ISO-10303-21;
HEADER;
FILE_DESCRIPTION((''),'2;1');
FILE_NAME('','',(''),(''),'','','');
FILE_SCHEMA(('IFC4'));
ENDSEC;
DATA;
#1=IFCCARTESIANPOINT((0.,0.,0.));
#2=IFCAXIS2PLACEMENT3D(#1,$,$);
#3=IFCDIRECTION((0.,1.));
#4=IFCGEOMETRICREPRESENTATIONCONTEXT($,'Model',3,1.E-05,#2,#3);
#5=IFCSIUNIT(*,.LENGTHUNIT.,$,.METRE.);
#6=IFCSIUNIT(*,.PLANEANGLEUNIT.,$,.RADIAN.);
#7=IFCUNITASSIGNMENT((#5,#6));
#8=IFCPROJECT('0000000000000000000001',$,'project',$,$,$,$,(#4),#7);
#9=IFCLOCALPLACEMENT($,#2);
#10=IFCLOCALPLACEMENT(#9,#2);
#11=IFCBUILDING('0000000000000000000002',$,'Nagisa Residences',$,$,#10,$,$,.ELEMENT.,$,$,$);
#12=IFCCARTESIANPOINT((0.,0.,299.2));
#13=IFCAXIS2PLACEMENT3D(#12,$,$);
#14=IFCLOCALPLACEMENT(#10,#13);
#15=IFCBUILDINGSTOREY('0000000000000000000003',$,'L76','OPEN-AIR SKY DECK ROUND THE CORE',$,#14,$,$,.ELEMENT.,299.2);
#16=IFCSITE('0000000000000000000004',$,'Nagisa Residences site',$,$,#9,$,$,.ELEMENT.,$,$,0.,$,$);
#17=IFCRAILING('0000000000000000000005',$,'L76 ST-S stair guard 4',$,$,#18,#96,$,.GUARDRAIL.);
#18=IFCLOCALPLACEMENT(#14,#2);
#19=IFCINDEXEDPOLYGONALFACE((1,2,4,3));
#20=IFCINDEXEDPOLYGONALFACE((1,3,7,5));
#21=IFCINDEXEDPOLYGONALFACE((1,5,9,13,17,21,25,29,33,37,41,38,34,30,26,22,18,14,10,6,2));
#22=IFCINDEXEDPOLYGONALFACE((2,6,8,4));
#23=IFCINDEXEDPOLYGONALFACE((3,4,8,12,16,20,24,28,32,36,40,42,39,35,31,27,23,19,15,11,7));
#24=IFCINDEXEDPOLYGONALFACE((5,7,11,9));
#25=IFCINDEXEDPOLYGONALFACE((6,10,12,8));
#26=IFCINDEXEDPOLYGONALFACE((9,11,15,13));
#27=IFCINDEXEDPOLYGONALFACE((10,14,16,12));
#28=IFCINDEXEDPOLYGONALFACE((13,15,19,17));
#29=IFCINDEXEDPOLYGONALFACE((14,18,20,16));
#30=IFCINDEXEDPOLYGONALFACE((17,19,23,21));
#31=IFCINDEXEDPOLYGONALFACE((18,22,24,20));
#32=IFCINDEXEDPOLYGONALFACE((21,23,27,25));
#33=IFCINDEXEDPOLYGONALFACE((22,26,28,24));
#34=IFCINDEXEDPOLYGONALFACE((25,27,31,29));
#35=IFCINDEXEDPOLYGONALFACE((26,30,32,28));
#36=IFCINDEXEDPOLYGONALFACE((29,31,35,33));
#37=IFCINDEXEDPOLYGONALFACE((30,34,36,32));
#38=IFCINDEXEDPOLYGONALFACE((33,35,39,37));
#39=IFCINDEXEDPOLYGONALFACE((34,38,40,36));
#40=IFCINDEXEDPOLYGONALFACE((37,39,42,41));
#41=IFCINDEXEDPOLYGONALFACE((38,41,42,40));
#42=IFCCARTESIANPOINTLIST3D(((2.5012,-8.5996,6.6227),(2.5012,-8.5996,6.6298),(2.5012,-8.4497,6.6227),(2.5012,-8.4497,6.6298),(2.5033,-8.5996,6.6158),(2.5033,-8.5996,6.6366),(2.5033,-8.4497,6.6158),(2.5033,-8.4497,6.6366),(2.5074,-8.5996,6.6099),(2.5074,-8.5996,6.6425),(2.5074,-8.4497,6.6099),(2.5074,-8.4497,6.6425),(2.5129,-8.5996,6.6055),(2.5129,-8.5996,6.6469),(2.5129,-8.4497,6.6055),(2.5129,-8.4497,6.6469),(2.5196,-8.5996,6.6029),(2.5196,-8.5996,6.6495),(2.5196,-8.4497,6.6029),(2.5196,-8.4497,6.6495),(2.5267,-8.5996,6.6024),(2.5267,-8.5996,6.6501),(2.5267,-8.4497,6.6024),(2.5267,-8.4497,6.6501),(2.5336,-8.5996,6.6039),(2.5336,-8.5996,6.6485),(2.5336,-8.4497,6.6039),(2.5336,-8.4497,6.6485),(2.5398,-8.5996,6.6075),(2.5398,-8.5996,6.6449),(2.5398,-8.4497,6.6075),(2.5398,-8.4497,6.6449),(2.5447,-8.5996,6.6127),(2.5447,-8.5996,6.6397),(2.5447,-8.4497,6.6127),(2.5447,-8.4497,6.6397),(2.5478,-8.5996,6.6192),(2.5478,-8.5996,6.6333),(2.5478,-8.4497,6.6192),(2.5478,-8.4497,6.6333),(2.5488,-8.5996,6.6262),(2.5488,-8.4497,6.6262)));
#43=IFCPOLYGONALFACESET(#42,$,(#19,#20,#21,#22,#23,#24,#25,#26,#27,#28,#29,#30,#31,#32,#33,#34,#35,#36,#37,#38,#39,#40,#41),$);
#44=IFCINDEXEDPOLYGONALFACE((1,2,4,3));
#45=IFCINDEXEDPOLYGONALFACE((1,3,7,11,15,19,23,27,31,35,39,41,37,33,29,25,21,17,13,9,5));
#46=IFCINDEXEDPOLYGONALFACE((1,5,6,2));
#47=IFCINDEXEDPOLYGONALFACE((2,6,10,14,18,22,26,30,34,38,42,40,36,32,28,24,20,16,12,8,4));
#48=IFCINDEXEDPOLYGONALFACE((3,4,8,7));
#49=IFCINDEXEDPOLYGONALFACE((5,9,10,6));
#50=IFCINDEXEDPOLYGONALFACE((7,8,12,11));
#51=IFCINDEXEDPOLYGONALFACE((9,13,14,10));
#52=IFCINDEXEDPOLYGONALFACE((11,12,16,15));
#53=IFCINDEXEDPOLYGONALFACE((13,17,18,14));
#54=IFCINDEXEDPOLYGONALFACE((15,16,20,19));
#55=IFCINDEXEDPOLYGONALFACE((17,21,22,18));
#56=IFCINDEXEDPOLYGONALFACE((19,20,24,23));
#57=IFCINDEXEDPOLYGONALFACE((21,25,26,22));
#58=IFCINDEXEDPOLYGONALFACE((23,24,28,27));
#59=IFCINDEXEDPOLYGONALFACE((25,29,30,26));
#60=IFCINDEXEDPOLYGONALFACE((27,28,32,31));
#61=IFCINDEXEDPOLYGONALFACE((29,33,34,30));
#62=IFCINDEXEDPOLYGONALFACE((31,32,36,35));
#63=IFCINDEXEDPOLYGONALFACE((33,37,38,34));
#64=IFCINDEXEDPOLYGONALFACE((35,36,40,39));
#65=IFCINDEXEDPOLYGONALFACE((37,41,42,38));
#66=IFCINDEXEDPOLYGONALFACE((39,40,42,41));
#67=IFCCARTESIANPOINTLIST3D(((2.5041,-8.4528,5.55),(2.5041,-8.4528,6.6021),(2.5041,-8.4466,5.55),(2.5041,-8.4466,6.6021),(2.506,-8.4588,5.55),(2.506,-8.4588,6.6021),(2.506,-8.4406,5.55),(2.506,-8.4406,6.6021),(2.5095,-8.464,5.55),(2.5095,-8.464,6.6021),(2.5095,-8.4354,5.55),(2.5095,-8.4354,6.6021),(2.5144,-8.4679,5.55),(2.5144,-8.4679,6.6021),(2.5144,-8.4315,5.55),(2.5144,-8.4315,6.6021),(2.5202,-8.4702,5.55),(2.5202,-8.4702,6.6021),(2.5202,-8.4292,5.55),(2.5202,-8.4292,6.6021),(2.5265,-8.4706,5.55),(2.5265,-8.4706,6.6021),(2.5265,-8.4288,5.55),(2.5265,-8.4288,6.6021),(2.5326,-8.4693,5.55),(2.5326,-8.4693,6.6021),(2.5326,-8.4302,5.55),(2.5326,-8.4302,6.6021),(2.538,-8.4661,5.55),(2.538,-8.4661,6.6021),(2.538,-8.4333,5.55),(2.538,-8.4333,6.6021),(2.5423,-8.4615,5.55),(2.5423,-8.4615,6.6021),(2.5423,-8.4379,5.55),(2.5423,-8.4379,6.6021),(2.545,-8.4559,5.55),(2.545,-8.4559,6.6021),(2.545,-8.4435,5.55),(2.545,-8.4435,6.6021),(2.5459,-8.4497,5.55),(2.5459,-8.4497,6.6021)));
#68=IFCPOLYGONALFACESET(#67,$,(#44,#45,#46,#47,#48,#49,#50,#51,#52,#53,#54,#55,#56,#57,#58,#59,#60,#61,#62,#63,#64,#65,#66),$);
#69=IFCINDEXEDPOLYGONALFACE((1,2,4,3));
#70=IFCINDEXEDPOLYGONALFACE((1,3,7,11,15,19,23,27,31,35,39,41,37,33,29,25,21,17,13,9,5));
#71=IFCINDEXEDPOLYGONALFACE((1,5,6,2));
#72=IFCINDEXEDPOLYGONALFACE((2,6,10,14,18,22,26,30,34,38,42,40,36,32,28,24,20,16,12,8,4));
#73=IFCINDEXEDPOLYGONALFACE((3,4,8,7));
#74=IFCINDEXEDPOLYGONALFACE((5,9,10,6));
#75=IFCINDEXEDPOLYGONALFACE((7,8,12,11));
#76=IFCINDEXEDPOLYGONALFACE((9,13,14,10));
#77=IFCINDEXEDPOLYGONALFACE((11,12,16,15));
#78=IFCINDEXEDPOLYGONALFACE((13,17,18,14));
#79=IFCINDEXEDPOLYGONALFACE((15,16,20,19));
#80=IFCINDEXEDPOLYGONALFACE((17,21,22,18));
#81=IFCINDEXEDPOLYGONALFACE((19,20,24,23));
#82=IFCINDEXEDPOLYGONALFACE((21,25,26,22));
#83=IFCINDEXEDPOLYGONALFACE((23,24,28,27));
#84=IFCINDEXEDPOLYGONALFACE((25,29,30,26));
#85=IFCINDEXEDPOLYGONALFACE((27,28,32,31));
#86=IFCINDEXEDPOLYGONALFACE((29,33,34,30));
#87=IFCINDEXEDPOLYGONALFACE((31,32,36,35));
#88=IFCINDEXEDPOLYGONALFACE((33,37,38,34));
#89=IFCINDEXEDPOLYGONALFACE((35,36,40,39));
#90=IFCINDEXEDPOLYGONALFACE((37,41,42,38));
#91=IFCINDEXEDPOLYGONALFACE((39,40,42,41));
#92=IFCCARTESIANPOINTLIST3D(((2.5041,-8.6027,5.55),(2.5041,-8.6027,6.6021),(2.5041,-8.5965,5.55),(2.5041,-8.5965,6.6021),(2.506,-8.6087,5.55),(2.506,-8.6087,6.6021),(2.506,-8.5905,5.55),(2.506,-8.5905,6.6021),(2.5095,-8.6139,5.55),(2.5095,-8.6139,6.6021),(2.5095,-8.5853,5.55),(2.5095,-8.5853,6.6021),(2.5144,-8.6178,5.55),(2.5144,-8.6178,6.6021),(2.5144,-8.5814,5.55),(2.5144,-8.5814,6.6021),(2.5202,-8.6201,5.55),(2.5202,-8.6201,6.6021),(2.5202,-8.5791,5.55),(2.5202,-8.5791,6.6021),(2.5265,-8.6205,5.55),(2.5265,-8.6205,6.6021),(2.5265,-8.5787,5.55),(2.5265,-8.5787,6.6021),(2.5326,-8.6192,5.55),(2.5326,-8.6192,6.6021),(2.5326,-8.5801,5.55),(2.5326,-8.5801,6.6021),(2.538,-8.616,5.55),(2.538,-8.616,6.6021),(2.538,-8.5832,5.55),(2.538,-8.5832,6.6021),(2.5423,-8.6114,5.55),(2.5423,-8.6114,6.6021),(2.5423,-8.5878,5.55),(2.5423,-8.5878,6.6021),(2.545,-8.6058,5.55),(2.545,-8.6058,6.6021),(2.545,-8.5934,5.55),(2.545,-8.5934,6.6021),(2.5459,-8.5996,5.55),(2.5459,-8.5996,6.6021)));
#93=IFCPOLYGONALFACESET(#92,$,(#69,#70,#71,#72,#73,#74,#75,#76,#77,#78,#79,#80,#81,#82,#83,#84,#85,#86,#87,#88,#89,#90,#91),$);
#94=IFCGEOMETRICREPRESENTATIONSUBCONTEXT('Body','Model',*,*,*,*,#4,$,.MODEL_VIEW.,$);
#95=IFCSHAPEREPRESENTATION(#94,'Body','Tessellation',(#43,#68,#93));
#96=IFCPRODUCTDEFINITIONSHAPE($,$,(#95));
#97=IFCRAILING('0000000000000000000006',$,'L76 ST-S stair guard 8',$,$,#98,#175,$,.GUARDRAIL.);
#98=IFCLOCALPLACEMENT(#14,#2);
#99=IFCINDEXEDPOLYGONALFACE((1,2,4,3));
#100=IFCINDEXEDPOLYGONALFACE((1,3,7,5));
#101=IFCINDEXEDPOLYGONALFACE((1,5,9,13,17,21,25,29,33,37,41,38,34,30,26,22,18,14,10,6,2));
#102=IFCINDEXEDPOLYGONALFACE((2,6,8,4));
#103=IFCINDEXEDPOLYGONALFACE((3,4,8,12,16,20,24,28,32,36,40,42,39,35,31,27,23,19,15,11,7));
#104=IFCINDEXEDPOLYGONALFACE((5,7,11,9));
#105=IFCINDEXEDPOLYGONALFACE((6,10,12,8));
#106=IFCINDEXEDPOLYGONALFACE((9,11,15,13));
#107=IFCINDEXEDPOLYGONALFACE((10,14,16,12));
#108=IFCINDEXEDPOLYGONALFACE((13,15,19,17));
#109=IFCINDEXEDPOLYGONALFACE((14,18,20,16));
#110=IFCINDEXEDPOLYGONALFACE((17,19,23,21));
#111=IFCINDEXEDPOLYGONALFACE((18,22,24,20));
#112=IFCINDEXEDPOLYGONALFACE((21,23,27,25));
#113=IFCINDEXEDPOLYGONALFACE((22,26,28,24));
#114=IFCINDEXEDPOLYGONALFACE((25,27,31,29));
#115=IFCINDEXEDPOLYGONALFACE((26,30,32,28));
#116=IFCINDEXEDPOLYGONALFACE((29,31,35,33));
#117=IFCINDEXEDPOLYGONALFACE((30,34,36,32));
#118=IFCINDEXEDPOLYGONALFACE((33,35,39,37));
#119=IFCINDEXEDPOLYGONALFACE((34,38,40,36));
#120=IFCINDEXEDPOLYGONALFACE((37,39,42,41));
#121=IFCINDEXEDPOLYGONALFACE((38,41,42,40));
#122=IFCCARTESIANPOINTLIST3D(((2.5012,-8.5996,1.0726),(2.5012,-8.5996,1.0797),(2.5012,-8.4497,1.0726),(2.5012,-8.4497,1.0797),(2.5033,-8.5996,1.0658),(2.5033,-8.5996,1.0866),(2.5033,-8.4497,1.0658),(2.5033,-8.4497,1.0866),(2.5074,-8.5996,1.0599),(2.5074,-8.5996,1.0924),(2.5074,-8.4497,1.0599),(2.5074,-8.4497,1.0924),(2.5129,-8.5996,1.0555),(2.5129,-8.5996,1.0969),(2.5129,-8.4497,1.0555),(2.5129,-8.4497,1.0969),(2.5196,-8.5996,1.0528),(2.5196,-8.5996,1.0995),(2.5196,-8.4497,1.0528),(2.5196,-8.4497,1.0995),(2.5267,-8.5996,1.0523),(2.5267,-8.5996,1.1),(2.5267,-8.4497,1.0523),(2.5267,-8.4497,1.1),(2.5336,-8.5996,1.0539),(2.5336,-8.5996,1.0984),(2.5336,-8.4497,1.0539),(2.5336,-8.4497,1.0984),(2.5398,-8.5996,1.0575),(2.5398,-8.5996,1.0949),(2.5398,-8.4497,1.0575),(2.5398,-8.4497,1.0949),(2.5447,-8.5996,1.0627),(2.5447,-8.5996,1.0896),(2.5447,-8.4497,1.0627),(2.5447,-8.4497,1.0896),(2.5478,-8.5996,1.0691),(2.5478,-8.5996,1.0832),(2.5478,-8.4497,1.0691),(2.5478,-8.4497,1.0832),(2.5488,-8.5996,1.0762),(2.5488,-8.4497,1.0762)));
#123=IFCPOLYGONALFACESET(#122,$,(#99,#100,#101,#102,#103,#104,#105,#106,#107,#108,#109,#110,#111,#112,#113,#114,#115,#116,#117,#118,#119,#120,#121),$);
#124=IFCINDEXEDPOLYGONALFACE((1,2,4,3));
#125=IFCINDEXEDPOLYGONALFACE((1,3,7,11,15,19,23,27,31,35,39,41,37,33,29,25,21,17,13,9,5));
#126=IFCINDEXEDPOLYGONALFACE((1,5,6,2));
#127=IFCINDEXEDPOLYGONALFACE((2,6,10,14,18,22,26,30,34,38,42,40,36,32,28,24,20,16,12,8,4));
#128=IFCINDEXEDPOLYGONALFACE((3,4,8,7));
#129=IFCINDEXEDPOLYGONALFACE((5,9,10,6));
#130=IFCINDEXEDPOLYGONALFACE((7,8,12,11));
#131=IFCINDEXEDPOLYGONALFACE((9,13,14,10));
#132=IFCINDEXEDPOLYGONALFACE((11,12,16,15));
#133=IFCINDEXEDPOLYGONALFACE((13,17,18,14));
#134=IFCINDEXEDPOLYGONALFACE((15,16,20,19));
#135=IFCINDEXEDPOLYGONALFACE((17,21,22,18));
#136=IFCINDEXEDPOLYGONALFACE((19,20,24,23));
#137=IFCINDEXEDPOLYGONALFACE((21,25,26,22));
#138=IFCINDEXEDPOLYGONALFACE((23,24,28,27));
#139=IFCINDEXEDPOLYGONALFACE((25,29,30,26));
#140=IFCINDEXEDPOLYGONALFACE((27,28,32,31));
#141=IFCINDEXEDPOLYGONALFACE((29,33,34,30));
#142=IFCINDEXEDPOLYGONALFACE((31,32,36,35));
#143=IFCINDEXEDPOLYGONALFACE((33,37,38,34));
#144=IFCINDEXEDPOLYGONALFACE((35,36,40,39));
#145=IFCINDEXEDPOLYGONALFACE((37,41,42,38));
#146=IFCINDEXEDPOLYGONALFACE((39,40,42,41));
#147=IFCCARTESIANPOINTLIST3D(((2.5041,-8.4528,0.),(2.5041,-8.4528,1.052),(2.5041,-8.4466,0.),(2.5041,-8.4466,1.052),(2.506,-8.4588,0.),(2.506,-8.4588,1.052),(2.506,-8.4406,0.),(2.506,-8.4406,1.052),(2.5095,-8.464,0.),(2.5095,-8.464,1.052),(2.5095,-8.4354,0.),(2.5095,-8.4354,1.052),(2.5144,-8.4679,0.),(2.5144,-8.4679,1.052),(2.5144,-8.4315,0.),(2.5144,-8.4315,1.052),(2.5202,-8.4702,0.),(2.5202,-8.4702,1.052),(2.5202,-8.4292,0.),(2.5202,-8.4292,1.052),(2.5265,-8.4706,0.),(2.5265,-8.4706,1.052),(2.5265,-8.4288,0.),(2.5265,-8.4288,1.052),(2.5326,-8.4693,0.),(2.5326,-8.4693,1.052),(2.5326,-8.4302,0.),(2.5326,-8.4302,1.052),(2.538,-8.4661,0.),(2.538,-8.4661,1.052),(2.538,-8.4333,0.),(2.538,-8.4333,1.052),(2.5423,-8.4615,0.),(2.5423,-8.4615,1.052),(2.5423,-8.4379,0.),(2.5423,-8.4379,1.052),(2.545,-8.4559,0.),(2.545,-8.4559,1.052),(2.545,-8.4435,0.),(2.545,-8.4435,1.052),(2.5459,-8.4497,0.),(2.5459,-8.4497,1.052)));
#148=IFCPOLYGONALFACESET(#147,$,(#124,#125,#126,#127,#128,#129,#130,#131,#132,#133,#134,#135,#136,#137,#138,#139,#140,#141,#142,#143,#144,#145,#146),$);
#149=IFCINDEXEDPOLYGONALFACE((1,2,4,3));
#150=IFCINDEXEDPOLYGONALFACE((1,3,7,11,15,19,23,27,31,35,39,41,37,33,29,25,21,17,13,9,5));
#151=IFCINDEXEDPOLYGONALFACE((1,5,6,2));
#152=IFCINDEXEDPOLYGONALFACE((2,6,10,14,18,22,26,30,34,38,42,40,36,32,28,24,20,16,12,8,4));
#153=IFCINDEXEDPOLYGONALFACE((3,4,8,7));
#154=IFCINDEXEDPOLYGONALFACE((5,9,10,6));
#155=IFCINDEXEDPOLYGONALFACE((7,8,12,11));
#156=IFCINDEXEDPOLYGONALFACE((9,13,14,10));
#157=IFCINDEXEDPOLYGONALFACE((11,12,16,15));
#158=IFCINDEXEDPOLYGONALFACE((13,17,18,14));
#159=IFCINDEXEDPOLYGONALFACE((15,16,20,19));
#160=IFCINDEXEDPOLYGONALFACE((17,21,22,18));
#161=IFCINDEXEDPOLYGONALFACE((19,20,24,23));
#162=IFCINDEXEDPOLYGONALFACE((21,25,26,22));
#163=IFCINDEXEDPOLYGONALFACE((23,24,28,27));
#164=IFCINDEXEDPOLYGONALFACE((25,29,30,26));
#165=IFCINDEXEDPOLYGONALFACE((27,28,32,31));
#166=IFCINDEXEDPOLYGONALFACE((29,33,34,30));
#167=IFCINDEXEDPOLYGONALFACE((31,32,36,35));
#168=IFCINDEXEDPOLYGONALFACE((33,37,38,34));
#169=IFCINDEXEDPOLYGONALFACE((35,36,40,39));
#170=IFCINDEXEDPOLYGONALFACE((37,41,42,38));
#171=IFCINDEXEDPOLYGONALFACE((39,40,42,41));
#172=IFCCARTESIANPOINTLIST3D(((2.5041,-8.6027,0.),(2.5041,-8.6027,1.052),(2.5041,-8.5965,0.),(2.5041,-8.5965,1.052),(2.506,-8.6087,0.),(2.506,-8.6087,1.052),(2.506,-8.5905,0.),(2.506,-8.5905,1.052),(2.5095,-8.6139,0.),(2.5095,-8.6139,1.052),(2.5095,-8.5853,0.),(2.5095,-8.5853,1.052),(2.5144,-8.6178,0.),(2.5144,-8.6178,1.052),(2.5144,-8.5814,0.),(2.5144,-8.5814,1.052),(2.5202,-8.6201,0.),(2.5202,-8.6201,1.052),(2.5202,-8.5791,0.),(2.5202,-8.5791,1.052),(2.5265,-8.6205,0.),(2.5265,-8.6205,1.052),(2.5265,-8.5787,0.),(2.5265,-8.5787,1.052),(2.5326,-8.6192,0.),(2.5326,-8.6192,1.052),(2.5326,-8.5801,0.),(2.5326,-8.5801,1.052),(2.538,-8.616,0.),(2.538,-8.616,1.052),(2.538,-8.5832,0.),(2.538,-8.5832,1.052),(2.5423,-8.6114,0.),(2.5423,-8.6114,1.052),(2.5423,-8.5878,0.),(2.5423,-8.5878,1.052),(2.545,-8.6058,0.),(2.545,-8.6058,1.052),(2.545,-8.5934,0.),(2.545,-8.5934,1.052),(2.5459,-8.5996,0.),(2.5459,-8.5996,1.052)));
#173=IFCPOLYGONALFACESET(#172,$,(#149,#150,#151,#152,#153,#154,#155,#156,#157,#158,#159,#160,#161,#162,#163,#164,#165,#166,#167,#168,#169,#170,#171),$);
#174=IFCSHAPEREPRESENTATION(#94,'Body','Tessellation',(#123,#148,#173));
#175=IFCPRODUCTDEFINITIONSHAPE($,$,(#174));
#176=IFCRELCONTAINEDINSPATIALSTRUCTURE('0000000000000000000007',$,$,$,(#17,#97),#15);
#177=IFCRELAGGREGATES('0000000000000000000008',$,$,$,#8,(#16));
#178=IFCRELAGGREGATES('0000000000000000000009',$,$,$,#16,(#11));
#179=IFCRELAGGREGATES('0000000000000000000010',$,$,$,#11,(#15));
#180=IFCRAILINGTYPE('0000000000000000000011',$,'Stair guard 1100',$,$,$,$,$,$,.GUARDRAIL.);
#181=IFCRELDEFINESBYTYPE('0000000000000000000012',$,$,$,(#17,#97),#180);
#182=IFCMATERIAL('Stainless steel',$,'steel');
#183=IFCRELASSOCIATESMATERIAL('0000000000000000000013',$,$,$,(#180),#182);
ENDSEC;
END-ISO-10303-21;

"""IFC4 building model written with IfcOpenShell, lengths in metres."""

from ifc_helpers import new_model, si_unit, direction, frame, origin, origin_2d, place, context, subcontext, project, spatial, circle, extrude, material, type_object, element, save


model = new_model("IFC4")

# Units and contexts
model_context = context("Model", 3, precision=1e-05, world=origin(), true_north=direction((0.0, 1.0)))
body_context = subcontext(model_context, "Body", "Model", "MODEL_VIEW")
ifc_project = project(units=[si_unit("LENGTHUNIT", "METRE"), si_unit("PLANEANGLEUNIT", "RADIAN")], contexts=[model_context])

# Site, building, storey
site_placement = place(None, origin())
site = spatial("IfcSite", under=ifc_project, at=site_placement, Name="Nagisa Residences site", CompositionType="ELEMENT", RefElevation=0.0)
building_placement = place(site_placement, origin())
building = spatial("IfcBuilding", under=site, at=building_placement, Name="Nagisa Residences", CompositionType="ELEMENT")
storey_placement = place(building_placement, frame((0.0, 0.0, 299.2)))
storey = spatial("IfcBuildingStorey", under=building, at=storey_placement, Name="L76", Description="OPEN-AIR SKY DECK ROUND THE CORE", CompositionType="ELEMENT", Elevation=299.2)

# Railings
ifc_material_1 = material(Name="Stainless steel", Category="steel")
railing_type = type_object("IfcRailingType", Name="Stair guard 1100", PredefinedType="GUARDRAIL", material=ifc_material_1)
for number, where, name in (
    (1, (2.5249, -8.4497, 5.55), "L76 ST-S stair guard 4"),
    (2, (2.5249, -8.4497, 0.0), "L76 ST-S stair guard 8"),
):
    element("IfcRailing", number, at=place(storey_placement, frame(where)), inside=storey, type_object=railing_type, Name=name, PredefinedType="GUARDRAIL", context=body_context, shape_type="SweptSolid", body=[
        extrude(circle(Radius=0.0239, at=origin_2d()), frame((0.0, 0.0, 1.0762), z_axis=(0.0, -1.0, 0.0), x_axis=(1.0, 0.0, 0.0)), (0.0, 0.0, 1.0), 0.1499),
        extrude(circle(Radius=0.021, at=origin_2d()), origin(), (0.0, 0.0, 1.0), 1.052),
        extrude(circle(Radius=0.021, at=origin_2d()), frame((0.0, -0.1499, 0.0)), (0.0, 0.0, 1.0), 1.052),
    ])

save(model, "model.ifc")
